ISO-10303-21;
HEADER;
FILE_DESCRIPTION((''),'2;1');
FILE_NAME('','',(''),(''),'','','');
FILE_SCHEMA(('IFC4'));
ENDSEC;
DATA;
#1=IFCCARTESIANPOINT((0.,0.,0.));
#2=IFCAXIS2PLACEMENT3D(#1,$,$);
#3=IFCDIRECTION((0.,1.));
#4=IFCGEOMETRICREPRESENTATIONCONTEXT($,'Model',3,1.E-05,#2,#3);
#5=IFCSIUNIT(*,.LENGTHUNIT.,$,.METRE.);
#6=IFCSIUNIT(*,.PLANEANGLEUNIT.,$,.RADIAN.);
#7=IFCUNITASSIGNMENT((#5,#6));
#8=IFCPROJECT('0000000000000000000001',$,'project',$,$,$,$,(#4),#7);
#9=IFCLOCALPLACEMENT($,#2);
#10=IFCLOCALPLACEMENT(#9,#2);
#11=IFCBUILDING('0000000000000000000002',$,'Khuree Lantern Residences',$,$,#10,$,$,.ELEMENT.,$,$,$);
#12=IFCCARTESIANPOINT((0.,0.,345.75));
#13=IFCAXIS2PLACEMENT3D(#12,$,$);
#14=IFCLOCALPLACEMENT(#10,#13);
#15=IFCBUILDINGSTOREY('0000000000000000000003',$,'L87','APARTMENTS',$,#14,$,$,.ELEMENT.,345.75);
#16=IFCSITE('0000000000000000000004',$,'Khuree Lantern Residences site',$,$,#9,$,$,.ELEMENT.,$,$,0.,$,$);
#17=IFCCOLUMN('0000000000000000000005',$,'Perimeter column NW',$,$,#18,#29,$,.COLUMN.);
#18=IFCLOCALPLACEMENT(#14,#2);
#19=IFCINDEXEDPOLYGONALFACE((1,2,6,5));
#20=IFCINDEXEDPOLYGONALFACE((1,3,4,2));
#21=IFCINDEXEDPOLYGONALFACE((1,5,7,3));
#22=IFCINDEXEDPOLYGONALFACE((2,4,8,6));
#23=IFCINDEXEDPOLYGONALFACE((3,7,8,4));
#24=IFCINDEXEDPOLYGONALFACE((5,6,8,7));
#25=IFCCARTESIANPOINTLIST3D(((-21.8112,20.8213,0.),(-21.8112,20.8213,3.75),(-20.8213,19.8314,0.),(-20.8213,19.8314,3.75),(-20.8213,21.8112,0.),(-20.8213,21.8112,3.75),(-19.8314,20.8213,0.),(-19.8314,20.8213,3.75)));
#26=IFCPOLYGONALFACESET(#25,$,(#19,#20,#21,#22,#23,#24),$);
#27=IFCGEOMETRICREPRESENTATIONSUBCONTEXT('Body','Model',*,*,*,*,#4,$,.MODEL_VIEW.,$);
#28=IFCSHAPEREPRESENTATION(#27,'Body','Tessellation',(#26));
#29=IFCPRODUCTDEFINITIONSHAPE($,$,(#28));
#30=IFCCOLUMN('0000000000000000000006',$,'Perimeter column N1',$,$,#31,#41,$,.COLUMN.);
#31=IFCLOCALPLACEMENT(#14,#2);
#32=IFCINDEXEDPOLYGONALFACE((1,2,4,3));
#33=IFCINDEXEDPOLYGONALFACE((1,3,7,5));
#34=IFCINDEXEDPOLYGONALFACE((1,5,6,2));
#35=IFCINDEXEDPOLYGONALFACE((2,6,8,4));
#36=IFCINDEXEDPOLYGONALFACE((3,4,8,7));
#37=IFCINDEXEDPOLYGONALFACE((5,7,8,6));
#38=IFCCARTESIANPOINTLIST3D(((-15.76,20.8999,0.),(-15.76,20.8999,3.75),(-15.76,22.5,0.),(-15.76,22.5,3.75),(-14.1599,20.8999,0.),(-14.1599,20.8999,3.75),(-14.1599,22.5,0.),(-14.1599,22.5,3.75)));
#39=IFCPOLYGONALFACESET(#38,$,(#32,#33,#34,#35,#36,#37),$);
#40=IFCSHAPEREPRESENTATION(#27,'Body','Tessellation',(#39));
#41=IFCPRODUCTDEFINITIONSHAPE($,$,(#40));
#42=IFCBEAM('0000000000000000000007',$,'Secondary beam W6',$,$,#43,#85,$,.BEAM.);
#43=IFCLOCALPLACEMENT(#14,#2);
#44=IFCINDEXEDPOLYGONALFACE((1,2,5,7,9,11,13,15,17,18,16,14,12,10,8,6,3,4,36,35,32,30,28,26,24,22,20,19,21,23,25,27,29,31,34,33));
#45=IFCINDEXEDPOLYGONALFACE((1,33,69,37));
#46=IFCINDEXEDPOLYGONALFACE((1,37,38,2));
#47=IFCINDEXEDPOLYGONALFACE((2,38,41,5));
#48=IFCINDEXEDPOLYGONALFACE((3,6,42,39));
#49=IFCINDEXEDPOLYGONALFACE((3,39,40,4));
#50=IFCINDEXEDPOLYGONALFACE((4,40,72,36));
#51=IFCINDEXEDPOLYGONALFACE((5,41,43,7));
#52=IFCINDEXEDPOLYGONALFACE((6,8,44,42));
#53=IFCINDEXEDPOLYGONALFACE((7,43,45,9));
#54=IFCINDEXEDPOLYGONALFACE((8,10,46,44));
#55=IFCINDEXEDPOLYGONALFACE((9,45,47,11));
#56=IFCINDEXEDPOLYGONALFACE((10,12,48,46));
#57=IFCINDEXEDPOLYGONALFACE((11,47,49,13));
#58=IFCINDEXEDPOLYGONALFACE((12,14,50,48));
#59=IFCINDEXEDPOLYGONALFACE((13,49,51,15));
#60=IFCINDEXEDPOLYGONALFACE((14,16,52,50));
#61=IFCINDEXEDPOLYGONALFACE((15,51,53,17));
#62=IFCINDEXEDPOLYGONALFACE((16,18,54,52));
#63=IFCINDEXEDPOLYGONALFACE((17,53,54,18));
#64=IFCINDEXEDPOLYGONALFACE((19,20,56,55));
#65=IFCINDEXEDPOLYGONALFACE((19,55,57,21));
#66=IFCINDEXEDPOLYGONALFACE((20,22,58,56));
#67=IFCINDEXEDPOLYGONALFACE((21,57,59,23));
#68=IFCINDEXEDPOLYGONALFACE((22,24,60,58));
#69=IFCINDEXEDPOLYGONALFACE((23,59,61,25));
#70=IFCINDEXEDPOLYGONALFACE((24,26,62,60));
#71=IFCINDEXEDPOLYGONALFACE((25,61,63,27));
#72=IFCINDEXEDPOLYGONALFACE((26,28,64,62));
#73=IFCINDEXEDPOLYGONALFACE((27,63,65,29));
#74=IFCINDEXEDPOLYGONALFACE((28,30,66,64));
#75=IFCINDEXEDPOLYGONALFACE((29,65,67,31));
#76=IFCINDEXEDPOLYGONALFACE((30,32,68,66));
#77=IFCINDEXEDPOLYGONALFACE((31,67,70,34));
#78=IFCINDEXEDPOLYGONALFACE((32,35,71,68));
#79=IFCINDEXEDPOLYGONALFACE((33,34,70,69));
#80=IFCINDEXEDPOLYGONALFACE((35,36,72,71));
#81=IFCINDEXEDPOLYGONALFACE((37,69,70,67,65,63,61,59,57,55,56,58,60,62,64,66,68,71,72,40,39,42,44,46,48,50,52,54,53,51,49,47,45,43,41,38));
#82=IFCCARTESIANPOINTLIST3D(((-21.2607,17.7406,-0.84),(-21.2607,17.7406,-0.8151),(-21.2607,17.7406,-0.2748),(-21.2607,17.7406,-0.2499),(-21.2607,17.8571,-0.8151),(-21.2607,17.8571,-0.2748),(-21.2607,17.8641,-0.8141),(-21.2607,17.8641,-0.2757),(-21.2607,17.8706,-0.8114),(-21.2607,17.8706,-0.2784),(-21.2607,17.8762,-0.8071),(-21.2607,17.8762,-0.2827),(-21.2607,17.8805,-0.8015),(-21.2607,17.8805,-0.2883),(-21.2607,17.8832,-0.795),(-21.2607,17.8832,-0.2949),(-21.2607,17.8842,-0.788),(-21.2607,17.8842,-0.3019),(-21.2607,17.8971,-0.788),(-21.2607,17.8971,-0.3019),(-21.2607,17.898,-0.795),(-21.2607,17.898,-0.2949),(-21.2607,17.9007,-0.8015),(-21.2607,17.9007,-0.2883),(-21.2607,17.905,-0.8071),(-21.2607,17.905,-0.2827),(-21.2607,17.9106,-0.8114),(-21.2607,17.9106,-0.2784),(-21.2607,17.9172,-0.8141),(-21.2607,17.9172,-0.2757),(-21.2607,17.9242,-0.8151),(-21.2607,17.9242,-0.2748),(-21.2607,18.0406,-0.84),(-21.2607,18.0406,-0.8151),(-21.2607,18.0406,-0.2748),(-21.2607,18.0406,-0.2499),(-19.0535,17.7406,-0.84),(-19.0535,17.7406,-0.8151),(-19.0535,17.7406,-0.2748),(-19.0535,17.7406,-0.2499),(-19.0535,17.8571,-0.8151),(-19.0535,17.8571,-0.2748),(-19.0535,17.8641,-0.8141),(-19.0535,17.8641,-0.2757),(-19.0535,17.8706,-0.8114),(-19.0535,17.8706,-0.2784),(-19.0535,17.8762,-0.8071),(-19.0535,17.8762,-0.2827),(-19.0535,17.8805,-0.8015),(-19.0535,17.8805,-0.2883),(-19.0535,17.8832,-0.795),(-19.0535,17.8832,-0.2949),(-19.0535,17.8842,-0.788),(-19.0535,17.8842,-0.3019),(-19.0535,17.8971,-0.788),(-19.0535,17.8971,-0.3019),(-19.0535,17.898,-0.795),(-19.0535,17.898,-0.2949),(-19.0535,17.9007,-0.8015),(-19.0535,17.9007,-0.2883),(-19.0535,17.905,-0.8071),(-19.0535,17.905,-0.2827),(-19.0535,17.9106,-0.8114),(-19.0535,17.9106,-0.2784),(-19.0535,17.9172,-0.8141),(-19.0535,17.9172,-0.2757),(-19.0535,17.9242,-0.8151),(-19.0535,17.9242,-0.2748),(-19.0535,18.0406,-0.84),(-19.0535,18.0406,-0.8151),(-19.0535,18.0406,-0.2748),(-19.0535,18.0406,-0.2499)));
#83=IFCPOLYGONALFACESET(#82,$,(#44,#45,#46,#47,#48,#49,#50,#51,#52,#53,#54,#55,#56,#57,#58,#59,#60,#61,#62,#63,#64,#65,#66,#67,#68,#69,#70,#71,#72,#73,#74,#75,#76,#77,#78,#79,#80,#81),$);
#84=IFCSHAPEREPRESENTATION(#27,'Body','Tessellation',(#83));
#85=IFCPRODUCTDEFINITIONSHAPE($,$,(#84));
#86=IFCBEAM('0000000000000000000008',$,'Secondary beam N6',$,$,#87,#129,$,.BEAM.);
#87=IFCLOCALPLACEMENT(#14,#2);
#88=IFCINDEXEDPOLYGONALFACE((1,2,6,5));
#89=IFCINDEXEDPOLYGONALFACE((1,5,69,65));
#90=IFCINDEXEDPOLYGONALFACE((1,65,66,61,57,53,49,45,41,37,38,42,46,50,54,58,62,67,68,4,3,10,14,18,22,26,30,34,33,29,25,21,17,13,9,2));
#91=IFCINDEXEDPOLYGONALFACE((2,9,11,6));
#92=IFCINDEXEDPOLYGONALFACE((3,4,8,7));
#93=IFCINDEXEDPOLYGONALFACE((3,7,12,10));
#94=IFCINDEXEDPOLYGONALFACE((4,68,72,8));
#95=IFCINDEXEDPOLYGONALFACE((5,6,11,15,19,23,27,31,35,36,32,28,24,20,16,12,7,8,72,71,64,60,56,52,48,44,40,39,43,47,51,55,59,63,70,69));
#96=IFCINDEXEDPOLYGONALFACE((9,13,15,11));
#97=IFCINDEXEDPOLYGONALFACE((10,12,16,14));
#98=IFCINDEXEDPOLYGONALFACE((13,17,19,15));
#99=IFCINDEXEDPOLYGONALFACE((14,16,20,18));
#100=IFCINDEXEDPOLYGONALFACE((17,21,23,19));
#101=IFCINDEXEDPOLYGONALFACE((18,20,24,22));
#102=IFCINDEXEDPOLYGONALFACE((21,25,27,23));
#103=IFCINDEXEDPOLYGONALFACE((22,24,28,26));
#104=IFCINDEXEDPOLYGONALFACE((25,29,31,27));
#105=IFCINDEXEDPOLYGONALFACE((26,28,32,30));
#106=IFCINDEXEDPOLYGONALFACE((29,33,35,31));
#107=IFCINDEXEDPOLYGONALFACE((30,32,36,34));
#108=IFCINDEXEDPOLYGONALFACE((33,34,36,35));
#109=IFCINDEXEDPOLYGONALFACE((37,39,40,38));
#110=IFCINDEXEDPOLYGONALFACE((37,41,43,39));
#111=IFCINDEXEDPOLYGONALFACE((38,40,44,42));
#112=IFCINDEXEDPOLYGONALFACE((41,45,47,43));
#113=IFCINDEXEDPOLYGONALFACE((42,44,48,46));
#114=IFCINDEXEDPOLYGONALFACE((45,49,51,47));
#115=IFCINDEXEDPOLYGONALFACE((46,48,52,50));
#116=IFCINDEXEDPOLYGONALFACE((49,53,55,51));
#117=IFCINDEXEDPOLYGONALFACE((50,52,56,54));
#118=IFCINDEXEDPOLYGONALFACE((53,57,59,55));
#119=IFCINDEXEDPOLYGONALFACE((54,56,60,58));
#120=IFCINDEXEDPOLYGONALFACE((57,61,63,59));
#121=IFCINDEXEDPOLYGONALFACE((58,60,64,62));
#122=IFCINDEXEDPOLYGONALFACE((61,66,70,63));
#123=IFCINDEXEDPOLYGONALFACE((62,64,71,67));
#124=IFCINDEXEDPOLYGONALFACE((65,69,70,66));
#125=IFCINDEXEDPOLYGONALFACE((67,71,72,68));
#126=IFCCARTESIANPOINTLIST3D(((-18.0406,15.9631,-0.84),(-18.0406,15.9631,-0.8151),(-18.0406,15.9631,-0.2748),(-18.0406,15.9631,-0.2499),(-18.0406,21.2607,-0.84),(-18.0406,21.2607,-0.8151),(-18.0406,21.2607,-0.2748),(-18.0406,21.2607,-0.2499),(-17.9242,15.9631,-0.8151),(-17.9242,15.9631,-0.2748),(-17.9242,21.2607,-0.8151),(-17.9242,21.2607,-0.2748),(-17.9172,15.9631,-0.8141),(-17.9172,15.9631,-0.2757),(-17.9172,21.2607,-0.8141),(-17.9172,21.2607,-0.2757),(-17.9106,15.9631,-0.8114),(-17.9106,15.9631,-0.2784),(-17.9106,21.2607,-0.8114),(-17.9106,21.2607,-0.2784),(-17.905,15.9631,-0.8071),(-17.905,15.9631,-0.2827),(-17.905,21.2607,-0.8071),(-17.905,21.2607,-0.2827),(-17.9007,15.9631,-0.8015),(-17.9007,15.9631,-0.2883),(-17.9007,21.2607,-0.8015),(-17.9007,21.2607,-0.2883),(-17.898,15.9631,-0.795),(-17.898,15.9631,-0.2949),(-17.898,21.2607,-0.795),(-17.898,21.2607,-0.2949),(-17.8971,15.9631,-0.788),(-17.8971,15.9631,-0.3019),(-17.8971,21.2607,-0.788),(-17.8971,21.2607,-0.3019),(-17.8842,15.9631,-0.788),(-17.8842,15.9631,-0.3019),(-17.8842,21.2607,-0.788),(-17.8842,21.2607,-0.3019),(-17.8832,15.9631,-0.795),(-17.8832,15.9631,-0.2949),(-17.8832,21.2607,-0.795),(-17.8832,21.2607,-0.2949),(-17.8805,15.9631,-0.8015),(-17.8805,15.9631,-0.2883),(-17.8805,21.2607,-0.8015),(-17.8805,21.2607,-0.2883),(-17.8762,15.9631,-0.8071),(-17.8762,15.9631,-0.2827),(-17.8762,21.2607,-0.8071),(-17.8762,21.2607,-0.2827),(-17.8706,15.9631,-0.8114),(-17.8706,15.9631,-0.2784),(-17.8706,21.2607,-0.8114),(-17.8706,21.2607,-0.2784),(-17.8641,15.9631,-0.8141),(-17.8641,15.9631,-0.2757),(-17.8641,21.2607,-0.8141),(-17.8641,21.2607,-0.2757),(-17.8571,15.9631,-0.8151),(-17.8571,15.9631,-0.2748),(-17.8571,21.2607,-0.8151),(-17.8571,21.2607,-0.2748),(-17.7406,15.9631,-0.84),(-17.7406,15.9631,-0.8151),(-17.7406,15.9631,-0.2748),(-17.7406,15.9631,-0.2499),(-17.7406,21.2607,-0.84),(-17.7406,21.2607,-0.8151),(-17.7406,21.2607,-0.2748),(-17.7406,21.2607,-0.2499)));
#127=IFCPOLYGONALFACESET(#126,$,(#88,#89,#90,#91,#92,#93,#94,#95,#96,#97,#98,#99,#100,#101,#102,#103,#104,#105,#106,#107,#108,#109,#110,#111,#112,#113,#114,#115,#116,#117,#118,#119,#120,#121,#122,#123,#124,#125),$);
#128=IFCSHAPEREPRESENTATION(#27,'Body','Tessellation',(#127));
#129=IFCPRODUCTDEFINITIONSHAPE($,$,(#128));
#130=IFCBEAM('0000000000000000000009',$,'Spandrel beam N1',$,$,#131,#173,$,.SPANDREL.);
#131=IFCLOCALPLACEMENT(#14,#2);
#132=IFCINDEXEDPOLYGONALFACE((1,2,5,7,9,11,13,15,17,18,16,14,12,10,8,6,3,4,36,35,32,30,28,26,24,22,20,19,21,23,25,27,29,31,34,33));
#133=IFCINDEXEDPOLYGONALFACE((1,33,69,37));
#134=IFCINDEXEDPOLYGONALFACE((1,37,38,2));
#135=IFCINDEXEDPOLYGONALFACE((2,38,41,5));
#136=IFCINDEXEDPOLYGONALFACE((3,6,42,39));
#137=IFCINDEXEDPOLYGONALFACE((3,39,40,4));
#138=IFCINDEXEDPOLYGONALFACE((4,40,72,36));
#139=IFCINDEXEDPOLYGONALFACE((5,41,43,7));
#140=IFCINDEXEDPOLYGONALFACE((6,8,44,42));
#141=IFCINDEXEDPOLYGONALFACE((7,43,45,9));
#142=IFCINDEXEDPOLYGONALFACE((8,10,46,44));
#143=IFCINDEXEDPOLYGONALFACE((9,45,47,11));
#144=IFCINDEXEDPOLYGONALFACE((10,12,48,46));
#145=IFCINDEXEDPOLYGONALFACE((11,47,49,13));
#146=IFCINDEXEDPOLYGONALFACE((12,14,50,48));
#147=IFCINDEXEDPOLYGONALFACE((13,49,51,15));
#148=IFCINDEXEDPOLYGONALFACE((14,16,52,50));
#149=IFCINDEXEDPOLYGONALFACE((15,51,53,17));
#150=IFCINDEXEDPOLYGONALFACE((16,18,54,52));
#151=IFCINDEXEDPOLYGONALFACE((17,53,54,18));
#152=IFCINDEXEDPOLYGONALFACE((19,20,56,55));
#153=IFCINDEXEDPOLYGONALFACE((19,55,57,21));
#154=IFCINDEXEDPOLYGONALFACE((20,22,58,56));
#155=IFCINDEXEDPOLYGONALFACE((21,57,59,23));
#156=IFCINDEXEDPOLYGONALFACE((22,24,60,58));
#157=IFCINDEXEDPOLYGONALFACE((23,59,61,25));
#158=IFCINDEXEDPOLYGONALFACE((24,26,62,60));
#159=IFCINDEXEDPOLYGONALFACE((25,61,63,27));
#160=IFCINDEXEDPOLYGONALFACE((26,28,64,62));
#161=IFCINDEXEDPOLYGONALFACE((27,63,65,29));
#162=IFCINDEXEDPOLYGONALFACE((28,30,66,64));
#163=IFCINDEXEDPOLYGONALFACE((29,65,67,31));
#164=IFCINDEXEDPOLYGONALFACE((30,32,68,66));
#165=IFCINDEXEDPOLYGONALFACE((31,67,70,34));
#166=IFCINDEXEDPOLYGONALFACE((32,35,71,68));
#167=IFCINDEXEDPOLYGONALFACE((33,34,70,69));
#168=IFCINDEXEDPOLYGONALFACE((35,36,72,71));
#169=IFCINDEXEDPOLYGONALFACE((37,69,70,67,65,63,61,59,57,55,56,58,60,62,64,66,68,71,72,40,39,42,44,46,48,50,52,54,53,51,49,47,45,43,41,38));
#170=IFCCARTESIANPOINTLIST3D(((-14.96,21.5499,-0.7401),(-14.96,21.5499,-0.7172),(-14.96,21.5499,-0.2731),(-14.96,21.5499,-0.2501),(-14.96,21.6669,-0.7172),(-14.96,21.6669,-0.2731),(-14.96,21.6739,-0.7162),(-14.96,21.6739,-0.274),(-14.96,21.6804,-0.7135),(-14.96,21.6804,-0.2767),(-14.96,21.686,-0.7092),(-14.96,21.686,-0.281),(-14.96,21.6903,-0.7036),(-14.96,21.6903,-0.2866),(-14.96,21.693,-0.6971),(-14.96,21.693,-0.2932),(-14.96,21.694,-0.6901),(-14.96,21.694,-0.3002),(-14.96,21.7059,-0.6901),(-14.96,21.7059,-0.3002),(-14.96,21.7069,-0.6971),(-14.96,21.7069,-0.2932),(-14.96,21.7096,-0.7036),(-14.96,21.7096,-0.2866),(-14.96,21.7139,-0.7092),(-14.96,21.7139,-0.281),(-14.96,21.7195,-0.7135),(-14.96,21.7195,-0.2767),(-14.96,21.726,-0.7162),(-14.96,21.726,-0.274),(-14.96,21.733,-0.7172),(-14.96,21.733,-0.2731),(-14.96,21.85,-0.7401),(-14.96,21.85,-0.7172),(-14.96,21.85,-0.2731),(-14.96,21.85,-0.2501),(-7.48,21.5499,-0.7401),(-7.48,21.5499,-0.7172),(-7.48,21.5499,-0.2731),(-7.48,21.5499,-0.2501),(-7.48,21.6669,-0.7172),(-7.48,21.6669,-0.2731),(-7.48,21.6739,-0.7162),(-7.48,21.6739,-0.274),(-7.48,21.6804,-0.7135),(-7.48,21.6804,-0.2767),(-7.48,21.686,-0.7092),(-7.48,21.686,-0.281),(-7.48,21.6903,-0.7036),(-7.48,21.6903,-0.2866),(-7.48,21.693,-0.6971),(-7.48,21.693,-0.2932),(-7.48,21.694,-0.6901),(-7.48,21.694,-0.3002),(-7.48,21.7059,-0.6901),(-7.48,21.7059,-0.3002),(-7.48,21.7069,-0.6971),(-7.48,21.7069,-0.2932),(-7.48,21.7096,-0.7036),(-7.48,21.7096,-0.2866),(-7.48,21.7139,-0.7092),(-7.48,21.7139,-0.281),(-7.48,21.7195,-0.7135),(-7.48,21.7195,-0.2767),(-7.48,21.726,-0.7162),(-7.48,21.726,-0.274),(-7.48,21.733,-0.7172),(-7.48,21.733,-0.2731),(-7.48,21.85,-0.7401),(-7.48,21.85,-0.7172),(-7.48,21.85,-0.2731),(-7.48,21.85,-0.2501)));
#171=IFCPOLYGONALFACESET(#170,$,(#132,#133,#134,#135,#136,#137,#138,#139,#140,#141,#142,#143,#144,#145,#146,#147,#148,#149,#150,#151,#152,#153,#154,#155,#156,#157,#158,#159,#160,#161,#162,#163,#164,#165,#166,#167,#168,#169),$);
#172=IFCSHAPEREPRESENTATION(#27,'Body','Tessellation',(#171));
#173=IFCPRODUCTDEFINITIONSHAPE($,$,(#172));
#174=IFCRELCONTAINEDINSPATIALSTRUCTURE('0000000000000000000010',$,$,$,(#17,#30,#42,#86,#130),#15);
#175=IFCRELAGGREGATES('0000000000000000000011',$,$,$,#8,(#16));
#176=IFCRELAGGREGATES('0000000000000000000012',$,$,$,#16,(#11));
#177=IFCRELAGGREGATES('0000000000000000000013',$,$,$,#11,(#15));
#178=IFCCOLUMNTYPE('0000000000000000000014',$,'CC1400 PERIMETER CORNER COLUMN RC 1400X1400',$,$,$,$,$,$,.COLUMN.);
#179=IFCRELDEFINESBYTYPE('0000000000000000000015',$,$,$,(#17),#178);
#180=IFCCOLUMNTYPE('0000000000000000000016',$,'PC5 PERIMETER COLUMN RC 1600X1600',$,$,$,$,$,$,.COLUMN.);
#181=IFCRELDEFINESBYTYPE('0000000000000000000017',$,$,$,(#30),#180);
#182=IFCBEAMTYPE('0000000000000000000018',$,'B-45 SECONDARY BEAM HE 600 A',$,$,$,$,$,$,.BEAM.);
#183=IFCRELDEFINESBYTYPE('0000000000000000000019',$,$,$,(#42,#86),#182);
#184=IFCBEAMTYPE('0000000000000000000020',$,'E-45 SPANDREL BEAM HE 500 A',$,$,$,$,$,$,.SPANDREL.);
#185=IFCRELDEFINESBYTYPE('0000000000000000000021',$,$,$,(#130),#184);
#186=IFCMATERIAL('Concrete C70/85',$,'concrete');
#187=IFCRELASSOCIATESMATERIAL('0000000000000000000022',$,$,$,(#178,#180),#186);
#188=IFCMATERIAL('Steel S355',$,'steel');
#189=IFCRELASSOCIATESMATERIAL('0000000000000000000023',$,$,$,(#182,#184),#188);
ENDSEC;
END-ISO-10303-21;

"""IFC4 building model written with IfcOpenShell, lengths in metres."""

from ifc_helpers import new_model, si_unit, direction, frame, origin, origin_2d, place, context, subcontext, project, spatial, rectangle, i_section, extrude, material, material_profile, profile_set, type_object, element, save


model = new_model("IFC4")

# Units and contexts
model_context = context("Model", 3, precision=1e-05, world=origin(), true_north=direction((0.0, 1.0)))
body_context = subcontext(model_context, "Body", "Model", "MODEL_VIEW")
ifc_project = project(units=[si_unit("LENGTHUNIT", "METRE"), si_unit("PLANEANGLEUNIT", "RADIAN")], contexts=[model_context])

# Site, building, storey
site_placement = place(None, origin())
site = spatial("IfcSite", under=ifc_project, at=site_placement, Name="Khuree Lantern Residences site", CompositionType="ELEMENT", RefElevation=0.0)
building_placement = place(site_placement, origin())
building = spatial("IfcBuilding", under=site, at=building_placement, Name="Khuree Lantern Residences", CompositionType="ELEMENT")
storey_placement = place(building_placement, frame((0.0, 0.0, 345.75)))
storey = spatial("IfcBuildingStorey", under=building, at=storey_placement, Name="L87", Description="APARTMENTS", CompositionType="ELEMENT", Elevation=345.75)

# Columns
ifc_material_1 = material(Name="Concrete C70/85", Category="concrete")
ifc_material_profile_1 = material_profile(ifc_material_1, rectangle(XDim=1.3999, YDim=1.3999, at=origin_2d()), Name="RC 1400X1400")
ifc_profile_set_1 = profile_set([ifc_material_profile_1], Name="Concrete C70/85")
column_type_1 = type_object("IfcColumnType", Name="CC1400 PERIMETER CORNER COLUMN RC 1400X1400", PredefinedType="COLUMN", material=ifc_profile_set_1)
column_1_placement = place(storey_placement, frame((-20.8213, 20.8213, 0.0), z_axis=(0.0, 0.0, 1.0), x_axis=(0.707107, 0.707107, 0.0)))
element("IfcColumn", 1, at=column_1_placement, inside=storey, type_object=column_type_1, Name="Perimeter column NW", PredefinedType="COLUMN", context=body_context, shape_type="SweptSolid", body=[
    extrude(rectangle(XDim=1.3999, YDim=1.3999, at=origin_2d()), origin(), (0.0, 0.0, 1.0), 3.75),
])
ifc_material_profile_2 = material_profile(ifc_material_1, rectangle(XDim=1.6001, YDim=1.6001, at=origin_2d()), Name="RC 1600X1600")
ifc_profile_set_2 = profile_set([ifc_material_profile_2], Name="Concrete C70/85")
column_type_2 = type_object("IfcColumnType", Name="PC5 PERIMETER COLUMN RC 1600X1600", PredefinedType="COLUMN", material=ifc_profile_set_2)
column_2_placement = place(storey_placement, frame((-14.96, 21.7, 0.0), z_axis=(0.0, 0.0, 1.0), x_axis=(1.0, 0.0, 0.0)))
element("IfcColumn", 2, at=column_2_placement, inside=storey, type_object=column_type_2, Name="Perimeter column N1", PredefinedType="COLUMN", context=body_context, shape_type="SweptSolid", body=[
    extrude(rectangle(XDim=1.6001, YDim=1.6001, at=origin_2d()), origin(), (0.0, 0.0, 1.0), 3.75),
])

# Beams
ifc_material_2 = material(Name="Steel S355", Category="steel")
ifc_material_profile_3 = material_profile(ifc_material_2, i_section(OverallWidth=0.3, OverallDepth=0.5901, WebThickness=0.0129, FlangeThickness=0.0249, FilletRadius=0.0271, at=origin_2d()), Name="HE 600 A")
ifc_profile_set_3 = profile_set([ifc_material_profile_3], Name="Steel S355")
beam_type_1 = type_object("IfcBeamType", Name="B-45 SECONDARY BEAM HE 600 A", PredefinedType="BEAM", material=ifc_profile_set_3)
beam_1_placement = place(storey_placement, frame((-21.2607, 17.8906, -0.5449), z_axis=(1.0, 0.0, 0.0), x_axis=(0.0, 1.0, 0.0)))
element("IfcBeam", 3, at=beam_1_placement, inside=storey, type_object=beam_type_1, Name="Secondary beam W6", PredefinedType="BEAM", context=body_context, shape_type="SweptSolid", body=[
    extrude(i_section(OverallWidth=0.3, OverallDepth=0.5901, WebThickness=0.0129, FlangeThickness=0.0249, FilletRadius=0.0271, at=origin_2d()), origin(), (0.0, 0.0, 1.0), 2.2073),
])
beam_2_placement = place(storey_placement, frame((-17.8906, 21.2607, -0.5449), z_axis=(0.0, -1.0, 0.0), x_axis=(1.0, 0.0, 0.0)))
element("IfcBeam", 4, at=beam_2_placement, inside=storey, type_object=beam_type_1, Name="Secondary beam N6", PredefinedType="BEAM", context=body_context, shape_type="SweptSolid", body=[
    extrude(i_section(OverallWidth=0.3, OverallDepth=0.5901, WebThickness=0.0129, FlangeThickness=0.0249, FilletRadius=0.0271, at=origin_2d()), origin(), (0.0, 0.0, 1.0), 5.2976),
])
ifc_material_profile_4 = material_profile(ifc_material_2, i_section(OverallWidth=0.3, OverallDepth=0.49, WebThickness=0.012, FlangeThickness=0.0229, FilletRadius=0.0271, at=origin_2d()), Name="HE 500 A")
ifc_profile_set_4 = profile_set([ifc_material_profile_4], Name="Steel S355")
beam_type_2 = type_object("IfcBeamType", Name="E-45 SPANDREL BEAM HE 500 A", PredefinedType="SPANDREL", material=ifc_profile_set_4)
beam_3_placement = place(storey_placement, frame((-14.96, 21.7, -0.4951), z_axis=(1.0, 0.0, 0.0), x_axis=(0.0, 1.0, 0.0)))
element("IfcBeam", 5, at=beam_3_placement, inside=storey, type_object=beam_type_2, Name="Spandrel beam N1", PredefinedType="SPANDREL", context=body_context, shape_type="SweptSolid", body=[
    extrude(i_section(OverallWidth=0.3, OverallDepth=0.49, WebThickness=0.012, FlangeThickness=0.0229, FilletRadius=0.0271, at=origin_2d()), origin(), (0.0, 0.0, 1.0), 7.48),
])

save(model, "model.ifc")
